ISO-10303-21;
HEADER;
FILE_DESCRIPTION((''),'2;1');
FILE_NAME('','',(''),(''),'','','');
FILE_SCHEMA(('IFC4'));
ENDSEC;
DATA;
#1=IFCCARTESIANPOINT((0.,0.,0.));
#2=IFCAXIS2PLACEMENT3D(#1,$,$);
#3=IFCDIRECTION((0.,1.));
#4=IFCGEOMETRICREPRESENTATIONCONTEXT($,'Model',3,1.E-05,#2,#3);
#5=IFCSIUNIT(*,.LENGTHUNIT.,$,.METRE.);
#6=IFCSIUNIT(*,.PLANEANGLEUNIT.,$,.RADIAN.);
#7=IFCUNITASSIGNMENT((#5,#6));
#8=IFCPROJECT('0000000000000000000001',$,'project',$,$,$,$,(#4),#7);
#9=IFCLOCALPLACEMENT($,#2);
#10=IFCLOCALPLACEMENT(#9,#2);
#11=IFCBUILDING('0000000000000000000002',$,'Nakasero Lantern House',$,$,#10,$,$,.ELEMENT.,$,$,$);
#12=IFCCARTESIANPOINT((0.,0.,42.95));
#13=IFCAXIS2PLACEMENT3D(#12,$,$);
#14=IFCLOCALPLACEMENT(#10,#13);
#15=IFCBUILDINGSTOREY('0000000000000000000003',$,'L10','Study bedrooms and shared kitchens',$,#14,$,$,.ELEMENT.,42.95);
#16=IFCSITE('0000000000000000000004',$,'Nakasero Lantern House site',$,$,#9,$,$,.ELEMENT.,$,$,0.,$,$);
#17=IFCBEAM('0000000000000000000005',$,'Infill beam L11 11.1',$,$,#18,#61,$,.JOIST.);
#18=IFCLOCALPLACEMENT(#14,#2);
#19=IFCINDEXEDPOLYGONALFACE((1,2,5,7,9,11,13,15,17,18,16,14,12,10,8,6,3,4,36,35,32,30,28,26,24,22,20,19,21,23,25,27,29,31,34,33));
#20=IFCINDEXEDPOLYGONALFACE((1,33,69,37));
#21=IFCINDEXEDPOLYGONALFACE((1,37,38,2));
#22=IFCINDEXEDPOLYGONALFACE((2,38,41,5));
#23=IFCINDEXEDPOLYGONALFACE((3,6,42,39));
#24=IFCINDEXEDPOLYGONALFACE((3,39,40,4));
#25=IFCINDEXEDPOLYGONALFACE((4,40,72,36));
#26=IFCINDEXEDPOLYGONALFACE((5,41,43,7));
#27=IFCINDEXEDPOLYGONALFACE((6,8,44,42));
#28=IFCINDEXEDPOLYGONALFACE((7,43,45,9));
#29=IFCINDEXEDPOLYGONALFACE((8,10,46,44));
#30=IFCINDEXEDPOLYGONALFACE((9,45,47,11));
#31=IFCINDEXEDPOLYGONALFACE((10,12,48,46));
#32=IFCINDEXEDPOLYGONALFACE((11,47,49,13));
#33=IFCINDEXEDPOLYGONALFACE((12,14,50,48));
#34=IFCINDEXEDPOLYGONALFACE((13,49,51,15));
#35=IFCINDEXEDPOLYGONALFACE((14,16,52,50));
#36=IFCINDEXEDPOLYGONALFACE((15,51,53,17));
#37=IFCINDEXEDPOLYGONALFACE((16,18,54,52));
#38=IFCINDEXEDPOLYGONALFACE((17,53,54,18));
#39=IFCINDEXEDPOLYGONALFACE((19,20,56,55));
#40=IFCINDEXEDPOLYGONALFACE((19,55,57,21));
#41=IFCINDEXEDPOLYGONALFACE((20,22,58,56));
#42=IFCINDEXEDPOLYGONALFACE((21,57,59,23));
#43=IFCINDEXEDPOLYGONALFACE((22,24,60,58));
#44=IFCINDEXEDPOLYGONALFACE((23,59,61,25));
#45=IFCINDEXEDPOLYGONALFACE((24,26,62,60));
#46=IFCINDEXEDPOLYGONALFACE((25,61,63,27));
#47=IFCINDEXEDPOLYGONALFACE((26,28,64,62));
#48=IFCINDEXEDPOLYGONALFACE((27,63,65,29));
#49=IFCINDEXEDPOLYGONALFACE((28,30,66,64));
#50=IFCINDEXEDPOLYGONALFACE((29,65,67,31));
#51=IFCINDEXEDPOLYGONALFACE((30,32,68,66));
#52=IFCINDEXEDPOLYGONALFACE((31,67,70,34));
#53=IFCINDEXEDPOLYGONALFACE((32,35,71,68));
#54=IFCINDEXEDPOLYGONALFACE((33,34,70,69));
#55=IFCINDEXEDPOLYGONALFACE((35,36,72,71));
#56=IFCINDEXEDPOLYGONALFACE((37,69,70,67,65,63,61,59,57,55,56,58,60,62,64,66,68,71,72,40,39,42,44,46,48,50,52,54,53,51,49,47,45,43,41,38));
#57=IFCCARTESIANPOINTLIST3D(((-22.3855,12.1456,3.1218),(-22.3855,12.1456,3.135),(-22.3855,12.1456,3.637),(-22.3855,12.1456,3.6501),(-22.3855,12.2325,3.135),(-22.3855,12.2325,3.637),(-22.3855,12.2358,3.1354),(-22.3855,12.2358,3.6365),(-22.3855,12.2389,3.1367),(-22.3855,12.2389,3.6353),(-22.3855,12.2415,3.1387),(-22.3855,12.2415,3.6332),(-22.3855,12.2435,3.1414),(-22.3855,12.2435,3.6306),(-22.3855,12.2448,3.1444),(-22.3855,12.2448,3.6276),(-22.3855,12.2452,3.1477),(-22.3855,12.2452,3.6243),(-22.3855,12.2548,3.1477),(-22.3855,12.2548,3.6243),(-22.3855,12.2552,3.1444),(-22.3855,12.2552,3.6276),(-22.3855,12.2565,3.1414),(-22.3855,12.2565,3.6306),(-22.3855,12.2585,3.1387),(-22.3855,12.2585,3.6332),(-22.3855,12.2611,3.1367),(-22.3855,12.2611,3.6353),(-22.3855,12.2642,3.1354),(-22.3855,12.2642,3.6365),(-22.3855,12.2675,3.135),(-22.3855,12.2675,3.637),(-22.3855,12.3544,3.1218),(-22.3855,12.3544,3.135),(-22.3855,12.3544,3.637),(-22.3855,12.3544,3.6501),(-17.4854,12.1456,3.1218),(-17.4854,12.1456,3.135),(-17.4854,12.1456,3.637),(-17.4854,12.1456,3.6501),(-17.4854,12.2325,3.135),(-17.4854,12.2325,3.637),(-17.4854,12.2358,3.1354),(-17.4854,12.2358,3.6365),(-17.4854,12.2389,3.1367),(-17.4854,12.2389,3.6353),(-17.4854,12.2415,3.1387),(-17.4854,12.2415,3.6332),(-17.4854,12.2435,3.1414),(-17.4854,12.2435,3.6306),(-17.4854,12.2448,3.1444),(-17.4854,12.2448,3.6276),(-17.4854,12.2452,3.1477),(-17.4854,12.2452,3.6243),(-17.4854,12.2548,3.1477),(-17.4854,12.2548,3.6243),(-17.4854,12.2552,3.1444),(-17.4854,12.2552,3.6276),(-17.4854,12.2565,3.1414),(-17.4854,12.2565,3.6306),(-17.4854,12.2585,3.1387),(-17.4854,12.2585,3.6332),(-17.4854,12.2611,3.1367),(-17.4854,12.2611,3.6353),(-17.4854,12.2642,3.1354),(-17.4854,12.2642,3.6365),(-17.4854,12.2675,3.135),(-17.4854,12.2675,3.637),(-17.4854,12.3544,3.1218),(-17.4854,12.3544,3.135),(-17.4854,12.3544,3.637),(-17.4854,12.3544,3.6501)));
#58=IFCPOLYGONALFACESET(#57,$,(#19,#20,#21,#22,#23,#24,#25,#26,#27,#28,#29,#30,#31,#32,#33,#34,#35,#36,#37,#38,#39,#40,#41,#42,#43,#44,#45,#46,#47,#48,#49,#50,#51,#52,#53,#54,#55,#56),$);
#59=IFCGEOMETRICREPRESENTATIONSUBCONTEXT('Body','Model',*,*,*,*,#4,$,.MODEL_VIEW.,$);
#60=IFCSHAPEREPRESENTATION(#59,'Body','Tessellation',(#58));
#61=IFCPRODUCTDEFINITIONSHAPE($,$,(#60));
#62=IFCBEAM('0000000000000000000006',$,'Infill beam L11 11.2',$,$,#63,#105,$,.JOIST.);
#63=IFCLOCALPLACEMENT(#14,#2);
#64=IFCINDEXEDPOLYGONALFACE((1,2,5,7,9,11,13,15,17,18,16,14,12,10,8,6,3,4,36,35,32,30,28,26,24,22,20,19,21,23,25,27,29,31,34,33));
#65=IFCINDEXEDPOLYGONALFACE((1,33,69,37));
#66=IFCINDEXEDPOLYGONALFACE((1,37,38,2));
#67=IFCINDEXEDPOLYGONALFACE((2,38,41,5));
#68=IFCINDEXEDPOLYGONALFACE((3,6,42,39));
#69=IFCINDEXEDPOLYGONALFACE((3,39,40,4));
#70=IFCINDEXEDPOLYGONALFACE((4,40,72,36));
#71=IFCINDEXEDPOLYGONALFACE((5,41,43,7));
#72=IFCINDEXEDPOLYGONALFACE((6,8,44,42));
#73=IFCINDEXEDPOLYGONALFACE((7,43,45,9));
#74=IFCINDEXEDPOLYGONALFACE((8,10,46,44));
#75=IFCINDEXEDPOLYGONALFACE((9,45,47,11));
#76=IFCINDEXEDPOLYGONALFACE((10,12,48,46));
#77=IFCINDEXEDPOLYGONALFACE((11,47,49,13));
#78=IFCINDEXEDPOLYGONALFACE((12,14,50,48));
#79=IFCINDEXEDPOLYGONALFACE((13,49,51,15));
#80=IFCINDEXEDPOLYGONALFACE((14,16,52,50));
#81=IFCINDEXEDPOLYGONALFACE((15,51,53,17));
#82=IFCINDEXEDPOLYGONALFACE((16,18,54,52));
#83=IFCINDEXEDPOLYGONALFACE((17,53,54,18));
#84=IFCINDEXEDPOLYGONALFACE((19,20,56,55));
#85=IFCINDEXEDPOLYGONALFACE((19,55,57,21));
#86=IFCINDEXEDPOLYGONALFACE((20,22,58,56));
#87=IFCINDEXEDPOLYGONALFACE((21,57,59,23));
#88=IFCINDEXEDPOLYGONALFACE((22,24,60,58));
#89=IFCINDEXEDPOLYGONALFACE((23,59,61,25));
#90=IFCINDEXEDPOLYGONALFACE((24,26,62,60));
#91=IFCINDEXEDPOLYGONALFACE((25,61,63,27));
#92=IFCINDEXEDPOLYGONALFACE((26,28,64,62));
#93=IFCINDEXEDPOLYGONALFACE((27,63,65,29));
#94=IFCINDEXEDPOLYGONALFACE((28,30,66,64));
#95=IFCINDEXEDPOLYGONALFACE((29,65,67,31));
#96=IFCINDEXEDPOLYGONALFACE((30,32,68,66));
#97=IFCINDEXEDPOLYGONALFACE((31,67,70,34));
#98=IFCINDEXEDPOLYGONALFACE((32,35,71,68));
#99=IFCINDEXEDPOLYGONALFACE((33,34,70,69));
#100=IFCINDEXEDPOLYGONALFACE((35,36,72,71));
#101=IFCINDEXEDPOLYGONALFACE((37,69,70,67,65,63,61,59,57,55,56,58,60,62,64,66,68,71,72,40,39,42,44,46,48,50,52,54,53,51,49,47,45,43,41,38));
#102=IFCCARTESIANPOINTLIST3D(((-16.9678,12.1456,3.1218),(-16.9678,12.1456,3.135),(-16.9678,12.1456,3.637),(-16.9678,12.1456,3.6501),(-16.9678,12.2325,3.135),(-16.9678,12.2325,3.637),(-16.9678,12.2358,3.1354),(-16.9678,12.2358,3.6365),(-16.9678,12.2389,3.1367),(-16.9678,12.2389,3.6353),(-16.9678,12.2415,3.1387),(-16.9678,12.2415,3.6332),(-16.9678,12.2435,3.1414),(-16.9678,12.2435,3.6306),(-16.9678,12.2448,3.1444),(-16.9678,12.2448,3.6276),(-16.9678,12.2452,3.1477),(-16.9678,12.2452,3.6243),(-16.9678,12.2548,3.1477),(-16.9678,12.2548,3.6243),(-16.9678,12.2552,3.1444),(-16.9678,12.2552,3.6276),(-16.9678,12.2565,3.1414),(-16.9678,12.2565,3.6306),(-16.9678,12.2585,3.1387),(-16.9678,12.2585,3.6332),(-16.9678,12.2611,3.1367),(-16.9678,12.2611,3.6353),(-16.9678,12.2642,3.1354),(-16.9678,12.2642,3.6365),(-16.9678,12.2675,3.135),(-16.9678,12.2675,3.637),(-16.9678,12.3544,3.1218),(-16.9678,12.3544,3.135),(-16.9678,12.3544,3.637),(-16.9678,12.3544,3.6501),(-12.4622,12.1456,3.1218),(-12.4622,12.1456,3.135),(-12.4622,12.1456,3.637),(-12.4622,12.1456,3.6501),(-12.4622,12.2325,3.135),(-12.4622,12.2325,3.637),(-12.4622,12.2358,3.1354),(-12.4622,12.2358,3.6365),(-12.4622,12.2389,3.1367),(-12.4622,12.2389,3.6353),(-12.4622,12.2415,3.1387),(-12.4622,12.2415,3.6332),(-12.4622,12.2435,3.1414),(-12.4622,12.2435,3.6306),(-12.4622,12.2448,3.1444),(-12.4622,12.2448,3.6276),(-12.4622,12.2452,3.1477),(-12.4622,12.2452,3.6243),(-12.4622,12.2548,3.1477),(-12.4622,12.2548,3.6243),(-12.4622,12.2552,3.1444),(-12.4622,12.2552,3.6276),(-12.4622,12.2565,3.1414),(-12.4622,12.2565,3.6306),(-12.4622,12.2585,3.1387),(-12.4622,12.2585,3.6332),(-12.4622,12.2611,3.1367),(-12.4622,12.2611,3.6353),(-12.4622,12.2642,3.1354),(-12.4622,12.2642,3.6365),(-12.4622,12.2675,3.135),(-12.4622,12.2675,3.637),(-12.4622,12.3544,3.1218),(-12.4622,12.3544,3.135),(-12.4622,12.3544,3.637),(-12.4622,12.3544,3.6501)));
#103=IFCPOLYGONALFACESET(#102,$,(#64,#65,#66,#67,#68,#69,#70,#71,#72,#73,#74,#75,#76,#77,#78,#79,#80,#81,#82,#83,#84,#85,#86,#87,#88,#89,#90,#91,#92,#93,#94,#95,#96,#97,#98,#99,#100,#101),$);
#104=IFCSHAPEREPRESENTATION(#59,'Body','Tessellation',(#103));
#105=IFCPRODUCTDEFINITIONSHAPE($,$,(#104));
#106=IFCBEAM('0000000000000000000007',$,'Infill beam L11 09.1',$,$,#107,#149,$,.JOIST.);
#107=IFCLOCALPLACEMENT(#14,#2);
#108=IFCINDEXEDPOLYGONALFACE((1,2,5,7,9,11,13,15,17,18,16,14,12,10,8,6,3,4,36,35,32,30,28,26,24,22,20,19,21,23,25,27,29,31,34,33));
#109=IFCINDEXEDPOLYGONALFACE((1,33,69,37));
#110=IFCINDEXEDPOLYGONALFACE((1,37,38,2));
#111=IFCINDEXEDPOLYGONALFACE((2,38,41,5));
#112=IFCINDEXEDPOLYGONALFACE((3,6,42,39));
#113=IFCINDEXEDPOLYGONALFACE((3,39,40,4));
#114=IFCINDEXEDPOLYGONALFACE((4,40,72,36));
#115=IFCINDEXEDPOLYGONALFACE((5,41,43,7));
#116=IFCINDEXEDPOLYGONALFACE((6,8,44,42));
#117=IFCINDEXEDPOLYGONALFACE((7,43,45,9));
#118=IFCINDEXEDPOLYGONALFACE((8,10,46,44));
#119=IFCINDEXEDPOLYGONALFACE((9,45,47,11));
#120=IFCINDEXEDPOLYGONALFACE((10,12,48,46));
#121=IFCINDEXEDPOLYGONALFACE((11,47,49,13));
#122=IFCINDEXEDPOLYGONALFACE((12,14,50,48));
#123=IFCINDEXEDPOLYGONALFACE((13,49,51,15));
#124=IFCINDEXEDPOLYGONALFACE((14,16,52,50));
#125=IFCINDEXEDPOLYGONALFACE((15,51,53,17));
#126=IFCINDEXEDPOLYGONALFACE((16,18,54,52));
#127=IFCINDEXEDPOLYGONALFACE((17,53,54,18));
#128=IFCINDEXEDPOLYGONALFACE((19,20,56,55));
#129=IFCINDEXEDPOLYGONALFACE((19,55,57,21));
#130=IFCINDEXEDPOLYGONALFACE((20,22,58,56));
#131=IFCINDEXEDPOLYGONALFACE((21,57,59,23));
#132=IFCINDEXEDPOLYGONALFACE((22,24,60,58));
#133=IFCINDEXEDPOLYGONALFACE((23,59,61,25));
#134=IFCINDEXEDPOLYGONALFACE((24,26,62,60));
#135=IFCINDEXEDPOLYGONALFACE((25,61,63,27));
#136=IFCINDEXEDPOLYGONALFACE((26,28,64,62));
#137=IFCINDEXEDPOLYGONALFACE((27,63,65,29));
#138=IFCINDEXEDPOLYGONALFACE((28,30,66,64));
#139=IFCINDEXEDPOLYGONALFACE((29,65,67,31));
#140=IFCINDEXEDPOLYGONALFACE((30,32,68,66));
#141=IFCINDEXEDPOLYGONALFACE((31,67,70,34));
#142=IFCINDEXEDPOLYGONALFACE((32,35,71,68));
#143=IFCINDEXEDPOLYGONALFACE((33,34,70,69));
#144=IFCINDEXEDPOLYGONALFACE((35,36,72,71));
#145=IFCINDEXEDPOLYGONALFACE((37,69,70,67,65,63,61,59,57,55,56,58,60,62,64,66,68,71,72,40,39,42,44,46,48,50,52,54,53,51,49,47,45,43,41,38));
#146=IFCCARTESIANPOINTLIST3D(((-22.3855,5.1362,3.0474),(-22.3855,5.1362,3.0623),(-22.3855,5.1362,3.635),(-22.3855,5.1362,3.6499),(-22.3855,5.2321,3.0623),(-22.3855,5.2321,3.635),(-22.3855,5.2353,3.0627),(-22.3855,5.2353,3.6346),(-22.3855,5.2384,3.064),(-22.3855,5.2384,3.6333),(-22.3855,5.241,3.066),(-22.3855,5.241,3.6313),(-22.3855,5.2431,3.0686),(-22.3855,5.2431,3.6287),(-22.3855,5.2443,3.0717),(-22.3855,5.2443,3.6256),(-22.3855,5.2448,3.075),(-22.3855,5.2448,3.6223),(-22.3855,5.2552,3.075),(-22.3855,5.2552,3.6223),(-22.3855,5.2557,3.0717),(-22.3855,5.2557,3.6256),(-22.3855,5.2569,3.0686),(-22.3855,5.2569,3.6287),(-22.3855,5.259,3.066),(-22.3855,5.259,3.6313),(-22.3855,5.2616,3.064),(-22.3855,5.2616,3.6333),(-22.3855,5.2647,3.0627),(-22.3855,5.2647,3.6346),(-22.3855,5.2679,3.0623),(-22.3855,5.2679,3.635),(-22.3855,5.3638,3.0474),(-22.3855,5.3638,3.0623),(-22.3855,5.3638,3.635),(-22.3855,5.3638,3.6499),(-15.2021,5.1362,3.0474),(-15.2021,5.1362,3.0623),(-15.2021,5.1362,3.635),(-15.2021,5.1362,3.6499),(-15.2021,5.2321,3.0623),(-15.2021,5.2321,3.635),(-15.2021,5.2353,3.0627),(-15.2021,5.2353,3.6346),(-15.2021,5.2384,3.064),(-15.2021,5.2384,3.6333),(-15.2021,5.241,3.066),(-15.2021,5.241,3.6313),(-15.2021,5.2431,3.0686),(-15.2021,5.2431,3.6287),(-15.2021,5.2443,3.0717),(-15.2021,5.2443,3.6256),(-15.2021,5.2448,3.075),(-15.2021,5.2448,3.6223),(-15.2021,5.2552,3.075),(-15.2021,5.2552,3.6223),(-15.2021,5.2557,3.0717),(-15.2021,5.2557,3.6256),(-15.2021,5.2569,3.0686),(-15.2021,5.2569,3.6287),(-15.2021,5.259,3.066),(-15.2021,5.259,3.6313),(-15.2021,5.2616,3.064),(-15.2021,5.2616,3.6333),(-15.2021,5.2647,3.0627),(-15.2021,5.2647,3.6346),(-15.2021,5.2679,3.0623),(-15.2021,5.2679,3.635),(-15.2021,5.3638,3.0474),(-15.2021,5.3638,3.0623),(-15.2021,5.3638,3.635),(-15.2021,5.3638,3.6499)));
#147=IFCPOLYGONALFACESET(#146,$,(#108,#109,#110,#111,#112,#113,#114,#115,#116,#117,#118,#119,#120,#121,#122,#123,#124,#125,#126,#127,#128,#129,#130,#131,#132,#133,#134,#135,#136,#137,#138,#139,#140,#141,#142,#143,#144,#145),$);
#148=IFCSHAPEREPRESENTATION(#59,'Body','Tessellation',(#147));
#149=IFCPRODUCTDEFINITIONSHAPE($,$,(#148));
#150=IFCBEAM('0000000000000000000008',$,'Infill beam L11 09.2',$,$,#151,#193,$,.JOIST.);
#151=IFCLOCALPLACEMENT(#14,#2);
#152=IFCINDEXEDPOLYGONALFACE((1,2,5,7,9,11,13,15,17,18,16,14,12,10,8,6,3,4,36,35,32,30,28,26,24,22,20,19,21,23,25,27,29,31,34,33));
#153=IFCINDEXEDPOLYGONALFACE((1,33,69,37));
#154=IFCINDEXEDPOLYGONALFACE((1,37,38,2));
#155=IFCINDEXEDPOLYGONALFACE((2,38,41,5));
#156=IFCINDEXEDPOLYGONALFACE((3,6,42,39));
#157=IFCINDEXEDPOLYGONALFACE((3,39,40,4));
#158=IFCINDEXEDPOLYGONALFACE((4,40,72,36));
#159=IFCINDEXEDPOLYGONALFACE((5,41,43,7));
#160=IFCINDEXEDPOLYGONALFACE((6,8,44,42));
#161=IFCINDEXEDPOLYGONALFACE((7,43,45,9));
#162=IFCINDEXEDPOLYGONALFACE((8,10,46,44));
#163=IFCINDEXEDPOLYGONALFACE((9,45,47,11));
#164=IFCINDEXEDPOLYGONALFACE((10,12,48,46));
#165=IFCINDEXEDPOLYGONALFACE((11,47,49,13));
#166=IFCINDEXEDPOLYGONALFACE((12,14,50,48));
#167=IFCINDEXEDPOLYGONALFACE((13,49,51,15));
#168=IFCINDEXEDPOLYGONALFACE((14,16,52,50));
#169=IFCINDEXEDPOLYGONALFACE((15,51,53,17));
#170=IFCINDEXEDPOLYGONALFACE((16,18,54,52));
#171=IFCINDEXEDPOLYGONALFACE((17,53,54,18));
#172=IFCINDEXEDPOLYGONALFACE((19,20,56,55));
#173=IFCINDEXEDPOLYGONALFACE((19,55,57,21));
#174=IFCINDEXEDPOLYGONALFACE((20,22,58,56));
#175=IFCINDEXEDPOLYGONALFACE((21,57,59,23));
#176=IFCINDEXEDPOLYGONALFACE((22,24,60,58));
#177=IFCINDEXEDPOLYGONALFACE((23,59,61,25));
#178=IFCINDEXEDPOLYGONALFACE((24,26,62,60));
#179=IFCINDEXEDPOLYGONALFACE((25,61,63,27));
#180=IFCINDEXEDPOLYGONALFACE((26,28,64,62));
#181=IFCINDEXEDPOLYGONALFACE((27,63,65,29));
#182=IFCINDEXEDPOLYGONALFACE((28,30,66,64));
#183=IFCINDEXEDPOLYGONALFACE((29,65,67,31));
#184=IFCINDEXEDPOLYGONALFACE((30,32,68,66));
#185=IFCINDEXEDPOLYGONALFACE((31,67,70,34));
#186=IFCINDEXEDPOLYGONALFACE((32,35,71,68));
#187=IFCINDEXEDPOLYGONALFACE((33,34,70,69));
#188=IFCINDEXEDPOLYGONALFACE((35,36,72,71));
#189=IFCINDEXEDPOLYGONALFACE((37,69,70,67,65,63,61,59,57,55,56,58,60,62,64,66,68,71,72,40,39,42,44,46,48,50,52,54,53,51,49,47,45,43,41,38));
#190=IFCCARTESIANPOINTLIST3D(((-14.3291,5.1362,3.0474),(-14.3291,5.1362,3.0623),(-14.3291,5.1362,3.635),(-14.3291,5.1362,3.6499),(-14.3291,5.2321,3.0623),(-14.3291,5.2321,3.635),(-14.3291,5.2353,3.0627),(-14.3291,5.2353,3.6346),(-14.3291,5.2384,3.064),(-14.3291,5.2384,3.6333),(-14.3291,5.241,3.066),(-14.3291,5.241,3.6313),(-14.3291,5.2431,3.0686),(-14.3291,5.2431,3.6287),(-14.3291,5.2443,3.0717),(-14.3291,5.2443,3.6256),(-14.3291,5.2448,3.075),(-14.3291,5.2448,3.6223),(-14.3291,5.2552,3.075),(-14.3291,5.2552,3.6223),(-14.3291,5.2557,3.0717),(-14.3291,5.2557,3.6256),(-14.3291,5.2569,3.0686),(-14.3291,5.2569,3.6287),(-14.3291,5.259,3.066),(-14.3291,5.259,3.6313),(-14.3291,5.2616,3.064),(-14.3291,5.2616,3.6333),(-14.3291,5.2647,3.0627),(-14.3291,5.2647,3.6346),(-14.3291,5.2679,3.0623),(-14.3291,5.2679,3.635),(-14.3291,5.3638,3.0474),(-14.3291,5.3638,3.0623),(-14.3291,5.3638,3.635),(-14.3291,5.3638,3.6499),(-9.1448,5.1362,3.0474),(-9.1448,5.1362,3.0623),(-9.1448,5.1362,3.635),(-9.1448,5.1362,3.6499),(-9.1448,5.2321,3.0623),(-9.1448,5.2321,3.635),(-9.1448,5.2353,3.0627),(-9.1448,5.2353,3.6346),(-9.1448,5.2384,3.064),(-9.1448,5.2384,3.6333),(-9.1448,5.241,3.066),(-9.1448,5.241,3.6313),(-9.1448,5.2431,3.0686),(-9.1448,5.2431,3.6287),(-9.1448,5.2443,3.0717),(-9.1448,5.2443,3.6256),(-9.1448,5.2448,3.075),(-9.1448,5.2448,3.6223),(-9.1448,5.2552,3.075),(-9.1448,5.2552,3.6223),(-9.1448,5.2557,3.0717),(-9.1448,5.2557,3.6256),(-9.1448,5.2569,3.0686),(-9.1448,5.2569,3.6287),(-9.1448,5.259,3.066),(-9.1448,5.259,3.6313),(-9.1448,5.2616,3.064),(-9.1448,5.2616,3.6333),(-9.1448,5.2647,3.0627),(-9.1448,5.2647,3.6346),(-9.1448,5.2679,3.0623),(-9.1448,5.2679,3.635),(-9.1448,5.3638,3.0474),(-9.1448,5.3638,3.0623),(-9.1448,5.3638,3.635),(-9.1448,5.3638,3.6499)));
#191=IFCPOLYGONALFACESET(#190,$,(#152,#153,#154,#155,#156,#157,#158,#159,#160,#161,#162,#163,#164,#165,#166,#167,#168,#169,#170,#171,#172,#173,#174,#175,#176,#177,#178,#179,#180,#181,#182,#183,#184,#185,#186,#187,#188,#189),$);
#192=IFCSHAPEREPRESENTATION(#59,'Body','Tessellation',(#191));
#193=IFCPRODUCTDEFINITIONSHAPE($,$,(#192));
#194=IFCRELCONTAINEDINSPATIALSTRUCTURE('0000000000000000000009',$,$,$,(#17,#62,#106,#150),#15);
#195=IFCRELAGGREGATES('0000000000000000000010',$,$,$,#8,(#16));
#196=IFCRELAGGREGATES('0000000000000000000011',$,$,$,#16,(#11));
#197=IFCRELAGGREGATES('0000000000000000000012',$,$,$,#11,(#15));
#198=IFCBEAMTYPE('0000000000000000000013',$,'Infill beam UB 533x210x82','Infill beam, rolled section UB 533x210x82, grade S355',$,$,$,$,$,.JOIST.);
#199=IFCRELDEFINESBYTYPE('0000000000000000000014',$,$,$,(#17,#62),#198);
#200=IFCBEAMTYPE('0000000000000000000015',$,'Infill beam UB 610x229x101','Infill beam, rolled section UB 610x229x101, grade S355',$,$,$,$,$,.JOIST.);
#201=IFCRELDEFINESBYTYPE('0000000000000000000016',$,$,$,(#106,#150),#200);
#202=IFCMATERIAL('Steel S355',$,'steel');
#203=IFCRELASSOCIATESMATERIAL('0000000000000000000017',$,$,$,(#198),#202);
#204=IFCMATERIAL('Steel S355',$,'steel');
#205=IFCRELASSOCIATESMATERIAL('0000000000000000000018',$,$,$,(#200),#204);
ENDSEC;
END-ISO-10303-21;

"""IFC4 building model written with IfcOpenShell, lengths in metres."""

from ifc_helpers import new_model, si_unit, direction, frame, origin, origin_2d, place, context, subcontext, project, spatial, i_section, extrude, material, material_profile, profile_set, type_object, element, save


model = new_model("IFC4")

# Units and contexts
model_context = context("Model", 3, precision=1e-05, world=origin(), true_north=direction((0.0, 1.0)))
body_context = subcontext(model_context, "Body", "Model", "MODEL_VIEW")
ifc_project = project(units=[si_unit("LENGTHUNIT", "METRE"), si_unit("PLANEANGLEUNIT", "RADIAN")], contexts=[model_context])

# Site, building, storey
site_placement = place(None, origin())
site = spatial("IfcSite", under=ifc_project, at=site_placement, Name="Nakasero Lantern House site", CompositionType="ELEMENT", RefElevation=0.0)
building_placement = place(site_placement, origin())
building = spatial("IfcBuilding", under=site, at=building_placement, Name="Nakasero Lantern House", CompositionType="ELEMENT")
storey_placement = place(building_placement, frame((0.0, 0.0, 42.95)))
storey = spatial("IfcBuildingStorey", under=building, at=storey_placement, Name="L10", Description="Study bedrooms and shared kitchens", CompositionType="ELEMENT", Elevation=42.95)

# Beams
ifc_material_1 = material(Name="Steel S355", Category="steel")
ifc_material_profile_1 = material_profile(ifc_material_1, i_section(OverallWidth=0.2087, OverallDepth=0.5283, WebThickness=0.0095, FlangeThickness=0.0132, FilletRadius=0.0127, at=origin_2d()), Name="UB 533x210x82")
ifc_profile_set_1 = profile_set([ifc_material_profile_1], Name="Steel S355")
beam_type_1 = type_object("IfcBeamType", Name="Infill beam UB 533x210x82", Description="Infill beam, rolled section UB 533x210x82, grade S355", PredefinedType="JOIST", material=ifc_profile_set_1)
beam_1_placement = place(storey_placement, frame((-22.3855, 12.25, 3.386), z_axis=(1.0, 0.0, 0.0), x_axis=(0.0, 1.0, 0.0)))
element("IfcBeam", 1, at=beam_1_placement, inside=storey, type_object=beam_type_1, Name="Infill beam L11 11.1", PredefinedType="JOIST", context=body_context, shape_type="SweptSolid", body=[
    extrude(i_section(OverallWidth=0.2087, OverallDepth=0.5283, WebThickness=0.0095, FlangeThickness=0.0132, FilletRadius=0.0127, at=origin_2d()), origin(), (0.0, 0.0, 1.0), 4.9001),
])
beam_2_placement = place(storey_placement, frame((-16.9678, 12.25, 3.386), z_axis=(1.0, 0.0, 0.0), x_axis=(0.0, 1.0, 0.0)))
element("IfcBeam", 2, at=beam_2_placement, inside=storey, type_object=beam_type_1, Name="Infill beam L11 11.2", PredefinedType="JOIST", context=body_context, shape_type="SweptSolid", body=[
    extrude(i_section(OverallWidth=0.2087, OverallDepth=0.5283, WebThickness=0.0095, FlangeThickness=0.0132, FilletRadius=0.0127, at=origin_2d()), origin(), (0.0, 0.0, 1.0), 4.5056),
])
ifc_material_2 = material(Name="Steel S355", Category="steel")
ifc_material_profile_2 = material_profile(ifc_material_2, i_section(OverallWidth=0.2275, OverallDepth=0.6025, WebThickness=0.0105, FlangeThickness=0.0149, FilletRadius=0.0127, at=origin_2d()), Name="UB 610x229x101")
ifc_profile_set_2 = profile_set([ifc_material_profile_2], Name="Steel S355")
beam_type_2 = type_object("IfcBeamType", Name="Infill beam UB 610x229x101", Description="Infill beam, rolled section UB 610x229x101, grade S355", PredefinedType="JOIST", material=ifc_profile_set_2)
beam_3_placement = place(storey_placement, frame((-22.3855, 5.25, 3.3486), z_axis=(1.0, 0.0, 0.0), x_axis=(0.0, 1.0, 0.0)))
element("IfcBeam", 3, at=beam_3_placement, inside=storey, type_object=beam_type_2, Name="Infill beam L11 09.1", PredefinedType="JOIST", context=body_context, shape_type="SweptSolid", body=[
    extrude(i_section(OverallWidth=0.2275, OverallDepth=0.6025, WebThickness=0.0105, FlangeThickness=0.0149, FilletRadius=0.0127, at=origin_2d()), origin(), (0.0, 0.0, 1.0), 7.1833),
])
beam_4_placement = place(storey_placement, frame((-14.3291, 5.25, 3.3486), z_axis=(1.0, 0.0, 0.0), x_axis=(0.0, 1.0, 0.0)))
element("IfcBeam", 4, at=beam_4_placement, inside=storey, type_object=beam_type_2, Name="Infill beam L11 09.2", PredefinedType="JOIST", context=body_context, shape_type="SweptSolid", body=[
    extrude(i_section(OverallWidth=0.2275, OverallDepth=0.6025, WebThickness=0.0105, FlangeThickness=0.0149, FilletRadius=0.0127, at=origin_2d()), origin(), (0.0, 0.0, 1.0), 5.1843),
])

save(model, "model.ifc")
